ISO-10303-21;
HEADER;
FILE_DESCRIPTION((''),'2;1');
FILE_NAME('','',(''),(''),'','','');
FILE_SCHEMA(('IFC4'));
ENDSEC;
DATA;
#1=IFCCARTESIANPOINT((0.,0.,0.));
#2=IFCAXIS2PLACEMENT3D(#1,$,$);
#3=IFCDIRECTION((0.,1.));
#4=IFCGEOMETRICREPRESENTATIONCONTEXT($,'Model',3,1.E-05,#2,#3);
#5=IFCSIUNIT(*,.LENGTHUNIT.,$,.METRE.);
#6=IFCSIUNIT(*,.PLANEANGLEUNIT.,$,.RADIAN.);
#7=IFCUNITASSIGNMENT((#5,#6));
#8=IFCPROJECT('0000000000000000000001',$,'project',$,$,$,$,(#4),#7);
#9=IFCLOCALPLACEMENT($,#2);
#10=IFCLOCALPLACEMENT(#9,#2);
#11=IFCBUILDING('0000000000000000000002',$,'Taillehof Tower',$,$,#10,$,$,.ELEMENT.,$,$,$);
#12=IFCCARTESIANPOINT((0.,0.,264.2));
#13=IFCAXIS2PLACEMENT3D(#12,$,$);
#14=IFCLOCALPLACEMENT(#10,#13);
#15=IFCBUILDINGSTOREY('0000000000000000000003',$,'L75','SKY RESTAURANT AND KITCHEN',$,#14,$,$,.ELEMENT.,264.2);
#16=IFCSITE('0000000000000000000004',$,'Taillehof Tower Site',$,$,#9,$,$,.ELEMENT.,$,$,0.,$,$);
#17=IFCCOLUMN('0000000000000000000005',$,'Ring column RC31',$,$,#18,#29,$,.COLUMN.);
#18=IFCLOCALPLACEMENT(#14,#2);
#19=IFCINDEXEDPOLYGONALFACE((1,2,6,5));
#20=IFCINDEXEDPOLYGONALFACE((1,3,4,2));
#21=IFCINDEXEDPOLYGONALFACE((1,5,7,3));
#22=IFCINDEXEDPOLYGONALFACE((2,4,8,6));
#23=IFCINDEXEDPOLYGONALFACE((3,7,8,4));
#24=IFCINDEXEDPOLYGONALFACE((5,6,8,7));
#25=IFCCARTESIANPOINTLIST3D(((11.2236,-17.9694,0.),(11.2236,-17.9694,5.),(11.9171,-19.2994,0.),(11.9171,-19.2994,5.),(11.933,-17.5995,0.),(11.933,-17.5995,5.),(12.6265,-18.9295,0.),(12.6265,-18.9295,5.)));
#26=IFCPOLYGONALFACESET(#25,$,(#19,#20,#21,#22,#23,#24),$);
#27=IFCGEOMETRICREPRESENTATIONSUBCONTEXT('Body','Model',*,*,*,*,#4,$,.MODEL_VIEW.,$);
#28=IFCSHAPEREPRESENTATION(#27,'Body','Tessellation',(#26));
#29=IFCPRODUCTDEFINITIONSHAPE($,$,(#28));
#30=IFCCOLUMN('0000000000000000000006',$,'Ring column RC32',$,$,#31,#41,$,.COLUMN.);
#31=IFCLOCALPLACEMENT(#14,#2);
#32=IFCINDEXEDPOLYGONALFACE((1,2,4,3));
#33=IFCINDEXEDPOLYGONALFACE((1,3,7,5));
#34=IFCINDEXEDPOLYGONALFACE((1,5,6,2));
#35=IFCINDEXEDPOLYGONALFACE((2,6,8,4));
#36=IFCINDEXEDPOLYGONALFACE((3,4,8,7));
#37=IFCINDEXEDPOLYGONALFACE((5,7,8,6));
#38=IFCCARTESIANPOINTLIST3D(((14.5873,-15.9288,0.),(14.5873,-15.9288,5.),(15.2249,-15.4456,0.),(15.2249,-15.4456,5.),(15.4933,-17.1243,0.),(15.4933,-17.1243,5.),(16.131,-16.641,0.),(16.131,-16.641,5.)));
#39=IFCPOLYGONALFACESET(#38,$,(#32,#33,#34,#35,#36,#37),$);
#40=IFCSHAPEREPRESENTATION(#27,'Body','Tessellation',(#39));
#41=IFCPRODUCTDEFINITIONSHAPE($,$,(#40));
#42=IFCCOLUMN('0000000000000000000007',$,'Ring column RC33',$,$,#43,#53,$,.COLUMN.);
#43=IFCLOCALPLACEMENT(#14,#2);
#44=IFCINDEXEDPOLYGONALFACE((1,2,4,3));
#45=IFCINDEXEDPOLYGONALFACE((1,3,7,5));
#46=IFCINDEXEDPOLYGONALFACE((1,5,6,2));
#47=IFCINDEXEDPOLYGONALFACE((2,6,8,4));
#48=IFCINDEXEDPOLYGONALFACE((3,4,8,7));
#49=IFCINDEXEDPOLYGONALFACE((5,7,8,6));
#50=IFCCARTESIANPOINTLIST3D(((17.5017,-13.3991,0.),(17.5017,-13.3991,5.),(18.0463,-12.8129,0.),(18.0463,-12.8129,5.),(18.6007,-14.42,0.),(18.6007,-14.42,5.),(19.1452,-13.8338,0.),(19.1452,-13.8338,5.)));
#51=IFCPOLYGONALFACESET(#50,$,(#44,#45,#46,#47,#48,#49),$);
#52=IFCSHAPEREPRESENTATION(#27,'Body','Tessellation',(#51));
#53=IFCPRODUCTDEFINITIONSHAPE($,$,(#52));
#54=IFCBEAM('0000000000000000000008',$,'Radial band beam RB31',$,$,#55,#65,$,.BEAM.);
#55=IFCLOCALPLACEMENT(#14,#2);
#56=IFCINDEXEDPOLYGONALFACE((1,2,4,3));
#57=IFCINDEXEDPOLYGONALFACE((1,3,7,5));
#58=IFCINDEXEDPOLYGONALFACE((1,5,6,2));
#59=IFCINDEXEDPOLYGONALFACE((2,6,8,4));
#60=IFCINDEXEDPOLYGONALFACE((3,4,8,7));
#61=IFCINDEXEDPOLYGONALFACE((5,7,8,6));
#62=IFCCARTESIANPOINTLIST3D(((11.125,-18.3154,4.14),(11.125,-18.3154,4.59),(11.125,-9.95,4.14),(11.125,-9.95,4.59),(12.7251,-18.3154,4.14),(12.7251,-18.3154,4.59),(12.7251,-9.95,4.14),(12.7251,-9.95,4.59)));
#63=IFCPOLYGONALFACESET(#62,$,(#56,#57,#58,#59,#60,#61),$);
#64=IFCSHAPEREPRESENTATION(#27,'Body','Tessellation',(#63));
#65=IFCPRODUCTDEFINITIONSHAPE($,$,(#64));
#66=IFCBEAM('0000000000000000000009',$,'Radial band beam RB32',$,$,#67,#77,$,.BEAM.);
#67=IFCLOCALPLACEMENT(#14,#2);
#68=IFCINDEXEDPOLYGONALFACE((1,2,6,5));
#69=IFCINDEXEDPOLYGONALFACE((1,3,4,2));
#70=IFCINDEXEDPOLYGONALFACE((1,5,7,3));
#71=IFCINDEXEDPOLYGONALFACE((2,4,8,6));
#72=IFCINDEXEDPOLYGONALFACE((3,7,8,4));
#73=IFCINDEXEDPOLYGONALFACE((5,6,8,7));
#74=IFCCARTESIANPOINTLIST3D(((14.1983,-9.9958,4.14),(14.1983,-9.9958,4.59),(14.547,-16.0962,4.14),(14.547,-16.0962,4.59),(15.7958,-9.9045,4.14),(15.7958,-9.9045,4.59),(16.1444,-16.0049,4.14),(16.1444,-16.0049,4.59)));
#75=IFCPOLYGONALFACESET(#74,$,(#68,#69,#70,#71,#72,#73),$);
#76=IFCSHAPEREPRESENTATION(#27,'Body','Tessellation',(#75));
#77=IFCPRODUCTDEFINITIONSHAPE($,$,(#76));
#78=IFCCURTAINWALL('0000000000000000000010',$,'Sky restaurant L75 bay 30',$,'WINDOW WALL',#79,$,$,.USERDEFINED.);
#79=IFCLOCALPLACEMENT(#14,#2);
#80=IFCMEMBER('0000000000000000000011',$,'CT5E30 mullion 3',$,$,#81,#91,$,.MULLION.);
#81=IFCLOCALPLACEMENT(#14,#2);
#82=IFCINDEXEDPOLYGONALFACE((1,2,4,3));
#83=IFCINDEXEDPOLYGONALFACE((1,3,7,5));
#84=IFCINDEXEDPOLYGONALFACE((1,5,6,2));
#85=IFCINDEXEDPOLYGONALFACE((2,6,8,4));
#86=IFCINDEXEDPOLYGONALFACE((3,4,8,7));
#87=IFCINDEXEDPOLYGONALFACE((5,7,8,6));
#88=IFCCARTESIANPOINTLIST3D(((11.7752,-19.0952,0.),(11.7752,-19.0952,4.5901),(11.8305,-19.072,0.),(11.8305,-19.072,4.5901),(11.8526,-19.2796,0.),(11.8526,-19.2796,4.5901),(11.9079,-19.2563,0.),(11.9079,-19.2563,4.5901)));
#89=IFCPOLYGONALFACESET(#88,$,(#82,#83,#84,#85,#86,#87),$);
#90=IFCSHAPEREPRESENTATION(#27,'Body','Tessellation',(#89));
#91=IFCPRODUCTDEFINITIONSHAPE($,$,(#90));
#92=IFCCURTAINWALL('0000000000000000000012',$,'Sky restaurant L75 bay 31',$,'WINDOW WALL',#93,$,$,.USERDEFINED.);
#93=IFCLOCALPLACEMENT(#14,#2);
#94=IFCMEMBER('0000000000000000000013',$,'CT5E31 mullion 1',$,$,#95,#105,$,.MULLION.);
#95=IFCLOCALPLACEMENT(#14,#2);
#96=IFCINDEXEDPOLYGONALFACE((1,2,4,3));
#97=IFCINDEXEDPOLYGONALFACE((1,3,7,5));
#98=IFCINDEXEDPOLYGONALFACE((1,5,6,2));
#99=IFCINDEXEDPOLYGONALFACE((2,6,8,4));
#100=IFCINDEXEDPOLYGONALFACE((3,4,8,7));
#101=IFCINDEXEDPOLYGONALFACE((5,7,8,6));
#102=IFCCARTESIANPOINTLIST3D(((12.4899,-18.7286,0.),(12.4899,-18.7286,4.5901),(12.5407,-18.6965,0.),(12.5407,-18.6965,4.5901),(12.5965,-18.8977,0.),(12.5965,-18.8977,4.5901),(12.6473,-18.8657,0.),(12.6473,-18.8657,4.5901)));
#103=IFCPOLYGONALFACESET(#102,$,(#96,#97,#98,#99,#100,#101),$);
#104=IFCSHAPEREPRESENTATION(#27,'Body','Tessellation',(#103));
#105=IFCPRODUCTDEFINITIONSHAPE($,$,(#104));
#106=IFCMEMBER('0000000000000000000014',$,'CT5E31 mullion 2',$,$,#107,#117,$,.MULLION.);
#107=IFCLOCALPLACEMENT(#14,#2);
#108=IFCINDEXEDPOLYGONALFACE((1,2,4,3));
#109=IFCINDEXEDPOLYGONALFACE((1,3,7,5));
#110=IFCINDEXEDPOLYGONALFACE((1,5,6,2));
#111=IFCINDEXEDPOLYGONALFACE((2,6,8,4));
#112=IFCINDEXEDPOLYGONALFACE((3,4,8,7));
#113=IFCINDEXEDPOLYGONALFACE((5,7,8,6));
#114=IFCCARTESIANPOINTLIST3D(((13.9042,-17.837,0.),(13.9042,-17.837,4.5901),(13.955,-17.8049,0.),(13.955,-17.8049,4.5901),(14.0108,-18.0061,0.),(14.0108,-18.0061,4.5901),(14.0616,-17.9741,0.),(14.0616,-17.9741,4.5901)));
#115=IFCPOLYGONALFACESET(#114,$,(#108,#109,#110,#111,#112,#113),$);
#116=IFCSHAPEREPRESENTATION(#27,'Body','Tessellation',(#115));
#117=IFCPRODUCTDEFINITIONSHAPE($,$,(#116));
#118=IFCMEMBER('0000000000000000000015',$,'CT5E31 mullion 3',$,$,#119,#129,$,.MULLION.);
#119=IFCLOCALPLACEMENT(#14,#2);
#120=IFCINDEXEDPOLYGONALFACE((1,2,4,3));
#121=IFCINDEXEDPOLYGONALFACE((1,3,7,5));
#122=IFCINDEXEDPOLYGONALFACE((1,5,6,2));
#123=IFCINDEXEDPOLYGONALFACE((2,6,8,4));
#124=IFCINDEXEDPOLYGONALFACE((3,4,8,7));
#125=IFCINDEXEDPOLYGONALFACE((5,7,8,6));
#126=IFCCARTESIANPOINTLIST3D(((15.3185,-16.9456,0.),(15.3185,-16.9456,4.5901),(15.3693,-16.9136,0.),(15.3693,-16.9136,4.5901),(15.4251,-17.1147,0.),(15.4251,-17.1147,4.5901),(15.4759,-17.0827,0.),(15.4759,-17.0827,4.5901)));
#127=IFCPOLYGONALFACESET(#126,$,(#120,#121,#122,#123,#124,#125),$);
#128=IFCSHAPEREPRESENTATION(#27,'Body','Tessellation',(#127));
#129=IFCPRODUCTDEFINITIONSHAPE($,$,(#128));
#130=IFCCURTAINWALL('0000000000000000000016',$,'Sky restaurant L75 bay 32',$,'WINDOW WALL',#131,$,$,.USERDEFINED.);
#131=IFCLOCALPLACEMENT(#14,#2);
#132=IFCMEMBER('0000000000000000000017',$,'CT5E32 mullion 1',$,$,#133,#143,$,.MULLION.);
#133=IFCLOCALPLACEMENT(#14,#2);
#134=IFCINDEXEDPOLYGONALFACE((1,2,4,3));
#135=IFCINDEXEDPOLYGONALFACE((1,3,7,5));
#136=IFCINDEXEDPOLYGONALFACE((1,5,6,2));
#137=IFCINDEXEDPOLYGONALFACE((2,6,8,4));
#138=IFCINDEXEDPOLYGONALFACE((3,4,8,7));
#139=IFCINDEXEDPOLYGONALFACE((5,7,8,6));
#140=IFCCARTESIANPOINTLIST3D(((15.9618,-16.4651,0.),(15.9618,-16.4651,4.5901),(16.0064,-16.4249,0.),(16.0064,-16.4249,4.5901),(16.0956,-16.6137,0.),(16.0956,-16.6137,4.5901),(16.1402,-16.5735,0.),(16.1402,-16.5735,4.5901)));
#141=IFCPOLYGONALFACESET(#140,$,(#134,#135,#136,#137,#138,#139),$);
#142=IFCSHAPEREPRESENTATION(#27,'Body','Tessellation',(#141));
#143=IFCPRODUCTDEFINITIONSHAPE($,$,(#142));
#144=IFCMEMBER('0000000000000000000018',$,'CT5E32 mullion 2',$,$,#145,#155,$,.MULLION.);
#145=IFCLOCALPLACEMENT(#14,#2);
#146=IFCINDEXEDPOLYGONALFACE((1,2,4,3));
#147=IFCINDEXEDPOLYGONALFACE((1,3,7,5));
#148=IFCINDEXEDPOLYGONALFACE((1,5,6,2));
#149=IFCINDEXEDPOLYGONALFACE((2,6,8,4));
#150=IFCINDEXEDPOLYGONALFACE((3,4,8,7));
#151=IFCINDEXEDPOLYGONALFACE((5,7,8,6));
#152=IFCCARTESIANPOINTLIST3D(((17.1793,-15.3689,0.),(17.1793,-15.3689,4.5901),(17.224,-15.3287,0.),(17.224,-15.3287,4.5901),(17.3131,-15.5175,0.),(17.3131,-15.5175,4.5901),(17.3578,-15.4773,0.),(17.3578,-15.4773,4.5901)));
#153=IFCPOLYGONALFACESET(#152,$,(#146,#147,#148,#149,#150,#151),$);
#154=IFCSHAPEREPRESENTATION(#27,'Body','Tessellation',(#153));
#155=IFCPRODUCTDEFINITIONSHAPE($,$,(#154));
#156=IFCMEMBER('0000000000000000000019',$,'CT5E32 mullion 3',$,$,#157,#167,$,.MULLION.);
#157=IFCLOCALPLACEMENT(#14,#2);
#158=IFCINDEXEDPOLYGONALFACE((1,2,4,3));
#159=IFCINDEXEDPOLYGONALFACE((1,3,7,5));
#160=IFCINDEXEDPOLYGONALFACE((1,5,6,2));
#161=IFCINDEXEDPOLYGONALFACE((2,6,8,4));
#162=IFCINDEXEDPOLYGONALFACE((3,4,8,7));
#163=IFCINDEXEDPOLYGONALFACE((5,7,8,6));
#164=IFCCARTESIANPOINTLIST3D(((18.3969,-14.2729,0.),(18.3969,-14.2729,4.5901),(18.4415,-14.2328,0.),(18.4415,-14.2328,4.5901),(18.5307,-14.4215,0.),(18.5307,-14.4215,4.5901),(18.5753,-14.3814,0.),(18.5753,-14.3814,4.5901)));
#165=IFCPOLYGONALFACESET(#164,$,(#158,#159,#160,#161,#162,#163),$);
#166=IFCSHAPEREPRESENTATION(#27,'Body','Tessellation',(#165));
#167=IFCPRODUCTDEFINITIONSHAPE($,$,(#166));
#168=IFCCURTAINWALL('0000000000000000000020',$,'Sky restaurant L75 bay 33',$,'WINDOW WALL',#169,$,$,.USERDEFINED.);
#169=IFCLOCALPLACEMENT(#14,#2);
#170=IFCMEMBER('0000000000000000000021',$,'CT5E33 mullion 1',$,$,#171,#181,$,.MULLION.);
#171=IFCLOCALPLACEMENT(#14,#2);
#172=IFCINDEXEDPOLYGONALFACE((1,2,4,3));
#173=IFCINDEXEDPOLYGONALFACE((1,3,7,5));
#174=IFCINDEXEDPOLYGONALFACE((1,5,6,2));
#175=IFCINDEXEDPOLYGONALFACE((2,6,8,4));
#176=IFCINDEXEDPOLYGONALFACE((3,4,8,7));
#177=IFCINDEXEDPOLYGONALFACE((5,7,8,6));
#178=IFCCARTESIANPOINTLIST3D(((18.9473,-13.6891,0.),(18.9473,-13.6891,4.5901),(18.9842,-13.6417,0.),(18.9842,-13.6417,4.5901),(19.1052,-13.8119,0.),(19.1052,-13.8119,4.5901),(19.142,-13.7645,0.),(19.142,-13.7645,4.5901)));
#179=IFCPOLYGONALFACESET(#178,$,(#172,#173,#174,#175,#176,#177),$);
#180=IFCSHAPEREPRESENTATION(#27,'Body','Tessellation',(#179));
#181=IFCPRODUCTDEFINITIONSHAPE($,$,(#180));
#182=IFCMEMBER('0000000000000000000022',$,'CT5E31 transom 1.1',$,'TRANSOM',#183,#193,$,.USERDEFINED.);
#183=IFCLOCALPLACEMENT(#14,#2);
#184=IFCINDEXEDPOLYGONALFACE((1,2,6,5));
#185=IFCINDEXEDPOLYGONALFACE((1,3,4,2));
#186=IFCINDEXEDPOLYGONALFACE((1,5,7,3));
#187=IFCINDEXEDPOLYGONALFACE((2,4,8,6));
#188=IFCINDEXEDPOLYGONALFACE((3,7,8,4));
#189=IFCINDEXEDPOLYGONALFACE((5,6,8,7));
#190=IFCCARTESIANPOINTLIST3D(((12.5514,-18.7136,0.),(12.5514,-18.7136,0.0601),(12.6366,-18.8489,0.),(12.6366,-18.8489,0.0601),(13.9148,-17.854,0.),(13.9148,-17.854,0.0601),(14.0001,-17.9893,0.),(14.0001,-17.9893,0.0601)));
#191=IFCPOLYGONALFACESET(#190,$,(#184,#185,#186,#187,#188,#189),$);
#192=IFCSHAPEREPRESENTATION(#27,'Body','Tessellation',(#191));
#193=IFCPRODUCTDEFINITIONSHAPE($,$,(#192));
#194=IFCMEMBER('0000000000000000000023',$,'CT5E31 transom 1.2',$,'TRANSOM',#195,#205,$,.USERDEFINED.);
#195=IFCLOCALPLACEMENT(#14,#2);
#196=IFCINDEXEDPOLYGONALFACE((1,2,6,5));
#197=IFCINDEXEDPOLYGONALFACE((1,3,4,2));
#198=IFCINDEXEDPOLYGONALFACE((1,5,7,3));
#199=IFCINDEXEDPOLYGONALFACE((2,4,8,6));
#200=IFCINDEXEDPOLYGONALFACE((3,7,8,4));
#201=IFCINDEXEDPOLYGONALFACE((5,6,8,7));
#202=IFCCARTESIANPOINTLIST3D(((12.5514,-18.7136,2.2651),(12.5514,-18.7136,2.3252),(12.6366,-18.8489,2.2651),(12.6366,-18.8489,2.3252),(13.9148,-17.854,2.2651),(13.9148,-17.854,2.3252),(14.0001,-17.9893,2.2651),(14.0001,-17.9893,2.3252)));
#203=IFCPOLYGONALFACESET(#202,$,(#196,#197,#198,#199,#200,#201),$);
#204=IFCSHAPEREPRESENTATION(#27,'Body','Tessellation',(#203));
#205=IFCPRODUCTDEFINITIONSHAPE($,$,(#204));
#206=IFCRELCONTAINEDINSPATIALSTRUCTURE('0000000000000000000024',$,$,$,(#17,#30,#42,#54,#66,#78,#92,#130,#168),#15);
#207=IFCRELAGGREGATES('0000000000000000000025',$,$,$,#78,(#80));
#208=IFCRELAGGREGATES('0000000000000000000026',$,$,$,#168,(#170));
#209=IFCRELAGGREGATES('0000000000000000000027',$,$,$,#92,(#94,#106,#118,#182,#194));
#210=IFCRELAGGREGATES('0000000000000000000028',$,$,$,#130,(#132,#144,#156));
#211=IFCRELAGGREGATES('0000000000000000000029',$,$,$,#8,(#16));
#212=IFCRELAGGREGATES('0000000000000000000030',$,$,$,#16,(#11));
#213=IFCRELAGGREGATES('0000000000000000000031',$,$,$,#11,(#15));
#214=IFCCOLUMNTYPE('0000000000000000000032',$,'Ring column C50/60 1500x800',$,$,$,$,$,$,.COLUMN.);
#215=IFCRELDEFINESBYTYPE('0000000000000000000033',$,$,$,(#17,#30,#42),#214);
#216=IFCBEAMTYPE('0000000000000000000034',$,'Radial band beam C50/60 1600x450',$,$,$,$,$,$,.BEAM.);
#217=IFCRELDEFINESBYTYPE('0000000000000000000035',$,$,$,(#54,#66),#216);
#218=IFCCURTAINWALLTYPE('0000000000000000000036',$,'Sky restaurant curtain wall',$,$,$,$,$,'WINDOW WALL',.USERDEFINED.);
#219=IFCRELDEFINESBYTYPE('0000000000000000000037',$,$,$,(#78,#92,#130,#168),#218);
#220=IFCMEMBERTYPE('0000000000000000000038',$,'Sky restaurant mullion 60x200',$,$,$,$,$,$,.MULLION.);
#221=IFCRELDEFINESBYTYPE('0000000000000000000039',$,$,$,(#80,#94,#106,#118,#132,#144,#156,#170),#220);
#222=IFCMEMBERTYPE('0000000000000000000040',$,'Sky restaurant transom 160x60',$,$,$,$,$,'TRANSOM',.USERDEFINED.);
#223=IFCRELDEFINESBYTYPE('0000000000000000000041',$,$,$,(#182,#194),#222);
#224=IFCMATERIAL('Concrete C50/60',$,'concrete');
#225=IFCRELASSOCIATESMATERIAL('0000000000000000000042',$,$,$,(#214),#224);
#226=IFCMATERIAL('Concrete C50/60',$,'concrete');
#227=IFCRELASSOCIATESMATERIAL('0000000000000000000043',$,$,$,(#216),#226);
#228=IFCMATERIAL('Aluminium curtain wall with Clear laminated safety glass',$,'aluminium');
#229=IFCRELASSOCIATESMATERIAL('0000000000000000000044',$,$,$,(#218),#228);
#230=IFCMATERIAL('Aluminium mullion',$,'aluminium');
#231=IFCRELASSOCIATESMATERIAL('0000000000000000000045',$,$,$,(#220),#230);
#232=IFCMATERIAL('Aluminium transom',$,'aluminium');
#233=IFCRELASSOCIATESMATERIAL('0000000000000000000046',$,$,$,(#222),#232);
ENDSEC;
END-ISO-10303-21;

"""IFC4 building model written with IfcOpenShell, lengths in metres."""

from ifc_helpers import new_model, si_unit, direction, frame, origin, origin_2d, place, context, subcontext, project, spatial, rectangle, extrude, material, material_profile, profile_set, type_object, element, aggregate, save


model = new_model("IFC4")

# Units and contexts
model_context = context("Model", 3, precision=1e-05, world=origin(), true_north=direction((0.0, 1.0)))
body_context = subcontext(model_context, "Body", "Model", "MODEL_VIEW")
ifc_project = project(units=[si_unit("LENGTHUNIT", "METRE"), si_unit("PLANEANGLEUNIT", "RADIAN")], contexts=[model_context])

# Site, building, storey
site_placement = place(None, origin())
site = spatial("IfcSite", under=ifc_project, at=site_placement, Name="Taillehof Tower Site", CompositionType="ELEMENT", RefElevation=0.0)
building_placement = place(site_placement, origin())
building = spatial("IfcBuilding", under=site, at=building_placement, Name="Taillehof Tower", CompositionType="ELEMENT")
storey_placement = place(building_placement, frame((0.0, 0.0, 264.2)))
storey = spatial("IfcBuildingStorey", under=building, at=storey_placement, Name="L75", Description="SKY RESTAURANT AND KITCHEN", CompositionType="ELEMENT", Elevation=264.2)

# Columns
ifc_material_1 = material(Name="Concrete C50/60", Category="concrete")
ifc_material_profile_1 = material_profile(ifc_material_1, rectangle(XDim=1.5, YDim=0.8, at=origin_2d()), Name="RC 1500x800")
ifc_profile_set_1 = profile_set([ifc_material_profile_1], Name="Concrete C50/60")
column_type = type_object("IfcColumnType", Name="Ring column C50/60 1500x800", PredefinedType="COLUMN", material=ifc_profile_set_1)
for number, where, z_axis, x_axis, name in (
    (1, (11.925, -18.4495, 0.0), (0.0, 0.0, 1.0), (0.462384, -0.88668, 0.0), "Ring column RC31"),
    (2, (15.3591, -16.2849, 0.0), (0.0, 0.0, 1.0), (0.60402, -0.796969, 0.0), "Ring column RC32"),
    (3, (18.3235, -13.6165, 0.0), (0.0, 0.0, 1.0), (0.732636, -0.680621, 0.0), "Ring column RC33"),
):
    element("IfcColumn", number, at=place(storey_placement, frame(where, z_axis=z_axis, x_axis=x_axis)), inside=storey, type_object=column_type, Name=name, PredefinedType="COLUMN", context=body_context, shape_type="SweptSolid", body=[
        extrude(rectangle(XDim=1.5, YDim=0.8, at=origin_2d()), origin(), (0.0, 0.0, 1.0), 5.0),
    ])

# Beams
ifc_material_2 = material(Name="Concrete C50/60", Category="concrete")
ifc_material_profile_2 = material_profile(ifc_material_2, rectangle(XDim=1.6001, YDim=0.45, at=origin_2d()), Name="RC 1600x450")
ifc_profile_set_2 = profile_set([ifc_material_profile_2], Name="Concrete C50/60")
beam_type_1 = type_object("IfcBeamType", Name="Radial band beam C50/60 1600x450", PredefinedType="BEAM", material=ifc_profile_set_2)
beam_1_placement = place(storey_placement, frame((11.925, -18.3154, 4.365), z_axis=(0.0, 1.0, 0.0), x_axis=(-1.0, 0.0, 0.0)))
element("IfcBeam", 4, at=beam_1_placement, inside=storey, type_object=beam_type_1, Name="Radial band beam RB31", PredefinedType="BEAM", context=body_context, shape_type="SweptSolid", body=[
    extrude(rectangle(XDim=1.6001, YDim=0.45, at=origin_2d()), origin(), (0.0, 0.0, 1.0), 8.3655),
])
beam_2_placement = place(storey_placement, frame((15.3457, -16.0505, 4.365), z_axis=(-0.057057, 0.998371, 0.0), x_axis=(-0.998371, -0.057057, 0.0)))
element("IfcBeam", 5, at=beam_2_placement, inside=storey, type_object=beam_type_1, Name="Radial band beam RB32", PredefinedType="BEAM", context=body_context, shape_type="SweptSolid", body=[
    extrude(rectangle(XDim=1.6001, YDim=0.45, at=origin_2d()), origin(), (0.0, 0.0, 1.0), 6.1104),
])

# Curtain wall, member
ifc_material_3 = material(Name="Aluminium curtain wall with Clear laminated safety glass", Category="aluminium")
curtain_wall_type = type_object("IfcCurtainWallType", Name="Sky restaurant curtain wall", ElementType="WINDOW WALL", PredefinedType="USERDEFINED", material=ifc_material_3)
curtain_wall_1_placement = place(storey_placement, origin())
curtain_wall_1 = element("IfcCurtainWall", 6, at=curtain_wall_1_placement, inside=storey, type_object=curtain_wall_type, Name="Sky restaurant L75 bay 30", ObjectType="WINDOW WALL", PredefinedType="USERDEFINED")
ifc_material_4 = material(Name="Aluminium mullion", Category="aluminium")
ifc_material_profile_3 = material_profile(ifc_material_4, rectangle(XDim=0.2, YDim=0.0601, at=origin_2d()), Name="AL 60x200")
ifc_profile_set_3 = profile_set([ifc_material_profile_3], Name="Aluminium mullion")
member_type_1 = type_object("IfcMemberType", Name="Sky restaurant mullion 60x200", PredefinedType="MULLION", material=ifc_profile_set_3)
member_1_placement = place(storey_placement, frame((11.8416, -19.1758, 0.0), z_axis=(0.0, 0.0, 1.0), x_axis=(-0.387101, 0.922037, 0.0)))
member_1 = element("IfcMember", 7, at=member_1_placement, type_object=member_type_1, Name="CT5E30 mullion 3", PredefinedType="MULLION", context=body_context, shape_type="SweptSolid", body=[
    extrude(rectangle(XDim=0.2, YDim=0.0601, at=origin_2d()), origin(), (0.0, 0.0, 1.0), 4.5901),
])
aggregate(curtain_wall_1, [member_1])

# Curtain walls, members
curtain_wall_2_placement = place(storey_placement, origin())
curtain_wall_2 = element("IfcCurtainWall", 8, at=curtain_wall_2_placement, inside=storey, type_object=curtain_wall_type, Name="Sky restaurant L75 bay 31", ObjectType="WINDOW WALL", PredefinedType="USERDEFINED")
member_2_placement = place(storey_placement, frame((12.5686, -18.7971, 0.0), z_axis=(0.0, 0.0, 1.0), x_axis=(-0.533294, 0.84593, 0.0)))
member_2 = element("IfcMember", 9, at=member_2_placement, type_object=member_type_1, Name="CT5E31 mullion 1", PredefinedType="MULLION", context=body_context, shape_type="SweptSolid", body=[
    extrude(rectangle(XDim=0.2, YDim=0.0601, at=origin_2d()), origin(), (0.0, 0.0, 1.0), 4.5901),
])
member_3_placement = place(storey_placement, frame((13.9829, -17.9055, 0.0), z_axis=(0.0, 0.0, 1.0), x_axis=(-0.533294, 0.84593, 0.0)))
member_3 = element("IfcMember", 10, at=member_3_placement, type_object=member_type_1, Name="CT5E31 mullion 2", PredefinedType="MULLION", context=body_context, shape_type="SweptSolid", body=[
    extrude(rectangle(XDim=0.2, YDim=0.0601, at=origin_2d()), origin(), (0.0, 0.0, 1.0), 4.5901),
])
member_4_placement = place(storey_placement, frame((15.3972, -17.0142, 0.0), z_axis=(0.0, 0.0, 1.0), x_axis=(-0.533294, 0.84593, 0.0)))
member_4 = element("IfcMember", 11, at=member_4_placement, type_object=member_type_1, Name="CT5E31 mullion 3", PredefinedType="MULLION", context=body_context, shape_type="SweptSolid", body=[
    extrude(rectangle(XDim=0.2, YDim=0.0601, at=origin_2d()), origin(), (0.0, 0.0, 1.0), 4.5901),
])
curtain_wall_3_placement = place(storey_placement, origin())
curtain_wall_3 = element("IfcCurtainWall", 12, at=curtain_wall_3_placement, inside=storey, type_object=curtain_wall_type, Name="Sky restaurant L75 bay 32", ObjectType="WINDOW WALL", PredefinedType="USERDEFINED")
member_5_placement = place(storey_placement, frame((16.051, -16.5193, 0.0), z_axis=(0.0, 0.0, 1.0), x_axis=(-0.669107, 0.743166, 0.0)))
member_5 = element("IfcMember", 13, at=member_5_placement, type_object=member_type_1, Name="CT5E32 mullion 1", PredefinedType="MULLION", context=body_context, shape_type="SweptSolid", body=[
    extrude(rectangle(XDim=0.2, YDim=0.0601, at=origin_2d()), origin(), (0.0, 0.0, 1.0), 4.5901),
])
member_6_placement = place(storey_placement, frame((17.2686, -15.4231, 0.0), z_axis=(0.0, 0.0, 1.0), x_axis=(-0.669107, 0.743166, 0.0)))
member_6 = element("IfcMember", 14, at=member_6_placement, type_object=member_type_1, Name="CT5E32 mullion 2", PredefinedType="MULLION", context=body_context, shape_type="SweptSolid", body=[
    extrude(rectangle(XDim=0.2, YDim=0.0601, at=origin_2d()), origin(), (0.0, 0.0, 1.0), 4.5901),
])
member_7_placement = place(storey_placement, frame((18.4861, -14.3271, 0.0), z_axis=(0.0, 0.0, 1.0), x_axis=(-0.669107, 0.743166, 0.0)))
member_7 = element("IfcMember", 15, at=member_7_placement, type_object=member_type_1, Name="CT5E32 mullion 3", PredefinedType="MULLION", context=body_context, shape_type="SweptSolid", body=[
    extrude(rectangle(XDim=0.2, YDim=0.0601, at=origin_2d()), origin(), (0.0, 0.0, 1.0), 4.5901),
])

# Curtain wall, member
curtain_wall_4_placement = place(storey_placement, origin())
curtain_wall_4 = element("IfcCurtainWall", 16, at=curtain_wall_4_placement, inside=storey, type_object=curtain_wall_type, Name="Sky restaurant L75 bay 33", ObjectType="WINDOW WALL", PredefinedType="USERDEFINED")
member_8_placement = place(storey_placement, frame((19.0447, -13.7268, 0.0), z_axis=(0.0, 0.0, 1.0), x_axis=(-0.789382, 0.613903, 0.0)))
member_8 = element("IfcMember", 17, at=member_8_placement, type_object=member_type_1, Name="CT5E33 mullion 1", PredefinedType="MULLION", context=body_context, shape_type="SweptSolid", body=[
    extrude(rectangle(XDim=0.2, YDim=0.0601, at=origin_2d()), origin(), (0.0, 0.0, 1.0), 4.5901),
])

# Members
ifc_material_5 = material(Name="Aluminium transom", Category="aluminium")
ifc_material_profile_4 = material_profile(ifc_material_5, rectangle(XDim=0.1599, YDim=0.0601, at=origin_2d()), Name="AL 160x60")
ifc_profile_set_4 = profile_set([ifc_material_profile_4], Name="Aluminium transom")
member_type_2 = type_object("IfcMemberType", Name="Sky restaurant transom 160x60", ElementType="TRANSOM", PredefinedType="USERDEFINED", material=ifc_profile_set_4)
member_9_placement = place(storey_placement, frame((12.594, -18.7812, 0.03), z_axis=(0.845924, 0.533303, 0.0), x_axis=(-0.533303, 0.845924, 0.0)))
member_9 = element("IfcMember", 18, at=member_9_placement, type_object=member_type_2, Name="CT5E31 transom 1.1", ObjectType="TRANSOM", PredefinedType="USERDEFINED", context=body_context, shape_type="SweptSolid", body=[
    extrude(rectangle(XDim=0.1599, YDim=0.0601, at=origin_2d()), origin(), (0.0, 0.0, 1.0), 1.6118),
])
member_10_placement = place(storey_placement, frame((12.594, -18.7812, 2.2952), z_axis=(0.845924, 0.533303, 0.0), x_axis=(-0.533303, 0.845924, 0.0)))
member_10 = element("IfcMember", 19, at=member_10_placement, type_object=member_type_2, Name="CT5E31 transom 1.2", ObjectType="TRANSOM", PredefinedType="USERDEFINED", context=body_context, shape_type="SweptSolid", body=[
    extrude(rectangle(XDim=0.1599, YDim=0.0601, at=origin_2d()), origin(), (0.0, 0.0, 1.0), 1.6118),
])
aggregate(curtain_wall_4, [member_8])

aggregate(curtain_wall_2, [member_2, member_3, member_4, member_9, member_10])
aggregate(curtain_wall_3, [member_5, member_6, member_7])

save(model, "model.ifc")
